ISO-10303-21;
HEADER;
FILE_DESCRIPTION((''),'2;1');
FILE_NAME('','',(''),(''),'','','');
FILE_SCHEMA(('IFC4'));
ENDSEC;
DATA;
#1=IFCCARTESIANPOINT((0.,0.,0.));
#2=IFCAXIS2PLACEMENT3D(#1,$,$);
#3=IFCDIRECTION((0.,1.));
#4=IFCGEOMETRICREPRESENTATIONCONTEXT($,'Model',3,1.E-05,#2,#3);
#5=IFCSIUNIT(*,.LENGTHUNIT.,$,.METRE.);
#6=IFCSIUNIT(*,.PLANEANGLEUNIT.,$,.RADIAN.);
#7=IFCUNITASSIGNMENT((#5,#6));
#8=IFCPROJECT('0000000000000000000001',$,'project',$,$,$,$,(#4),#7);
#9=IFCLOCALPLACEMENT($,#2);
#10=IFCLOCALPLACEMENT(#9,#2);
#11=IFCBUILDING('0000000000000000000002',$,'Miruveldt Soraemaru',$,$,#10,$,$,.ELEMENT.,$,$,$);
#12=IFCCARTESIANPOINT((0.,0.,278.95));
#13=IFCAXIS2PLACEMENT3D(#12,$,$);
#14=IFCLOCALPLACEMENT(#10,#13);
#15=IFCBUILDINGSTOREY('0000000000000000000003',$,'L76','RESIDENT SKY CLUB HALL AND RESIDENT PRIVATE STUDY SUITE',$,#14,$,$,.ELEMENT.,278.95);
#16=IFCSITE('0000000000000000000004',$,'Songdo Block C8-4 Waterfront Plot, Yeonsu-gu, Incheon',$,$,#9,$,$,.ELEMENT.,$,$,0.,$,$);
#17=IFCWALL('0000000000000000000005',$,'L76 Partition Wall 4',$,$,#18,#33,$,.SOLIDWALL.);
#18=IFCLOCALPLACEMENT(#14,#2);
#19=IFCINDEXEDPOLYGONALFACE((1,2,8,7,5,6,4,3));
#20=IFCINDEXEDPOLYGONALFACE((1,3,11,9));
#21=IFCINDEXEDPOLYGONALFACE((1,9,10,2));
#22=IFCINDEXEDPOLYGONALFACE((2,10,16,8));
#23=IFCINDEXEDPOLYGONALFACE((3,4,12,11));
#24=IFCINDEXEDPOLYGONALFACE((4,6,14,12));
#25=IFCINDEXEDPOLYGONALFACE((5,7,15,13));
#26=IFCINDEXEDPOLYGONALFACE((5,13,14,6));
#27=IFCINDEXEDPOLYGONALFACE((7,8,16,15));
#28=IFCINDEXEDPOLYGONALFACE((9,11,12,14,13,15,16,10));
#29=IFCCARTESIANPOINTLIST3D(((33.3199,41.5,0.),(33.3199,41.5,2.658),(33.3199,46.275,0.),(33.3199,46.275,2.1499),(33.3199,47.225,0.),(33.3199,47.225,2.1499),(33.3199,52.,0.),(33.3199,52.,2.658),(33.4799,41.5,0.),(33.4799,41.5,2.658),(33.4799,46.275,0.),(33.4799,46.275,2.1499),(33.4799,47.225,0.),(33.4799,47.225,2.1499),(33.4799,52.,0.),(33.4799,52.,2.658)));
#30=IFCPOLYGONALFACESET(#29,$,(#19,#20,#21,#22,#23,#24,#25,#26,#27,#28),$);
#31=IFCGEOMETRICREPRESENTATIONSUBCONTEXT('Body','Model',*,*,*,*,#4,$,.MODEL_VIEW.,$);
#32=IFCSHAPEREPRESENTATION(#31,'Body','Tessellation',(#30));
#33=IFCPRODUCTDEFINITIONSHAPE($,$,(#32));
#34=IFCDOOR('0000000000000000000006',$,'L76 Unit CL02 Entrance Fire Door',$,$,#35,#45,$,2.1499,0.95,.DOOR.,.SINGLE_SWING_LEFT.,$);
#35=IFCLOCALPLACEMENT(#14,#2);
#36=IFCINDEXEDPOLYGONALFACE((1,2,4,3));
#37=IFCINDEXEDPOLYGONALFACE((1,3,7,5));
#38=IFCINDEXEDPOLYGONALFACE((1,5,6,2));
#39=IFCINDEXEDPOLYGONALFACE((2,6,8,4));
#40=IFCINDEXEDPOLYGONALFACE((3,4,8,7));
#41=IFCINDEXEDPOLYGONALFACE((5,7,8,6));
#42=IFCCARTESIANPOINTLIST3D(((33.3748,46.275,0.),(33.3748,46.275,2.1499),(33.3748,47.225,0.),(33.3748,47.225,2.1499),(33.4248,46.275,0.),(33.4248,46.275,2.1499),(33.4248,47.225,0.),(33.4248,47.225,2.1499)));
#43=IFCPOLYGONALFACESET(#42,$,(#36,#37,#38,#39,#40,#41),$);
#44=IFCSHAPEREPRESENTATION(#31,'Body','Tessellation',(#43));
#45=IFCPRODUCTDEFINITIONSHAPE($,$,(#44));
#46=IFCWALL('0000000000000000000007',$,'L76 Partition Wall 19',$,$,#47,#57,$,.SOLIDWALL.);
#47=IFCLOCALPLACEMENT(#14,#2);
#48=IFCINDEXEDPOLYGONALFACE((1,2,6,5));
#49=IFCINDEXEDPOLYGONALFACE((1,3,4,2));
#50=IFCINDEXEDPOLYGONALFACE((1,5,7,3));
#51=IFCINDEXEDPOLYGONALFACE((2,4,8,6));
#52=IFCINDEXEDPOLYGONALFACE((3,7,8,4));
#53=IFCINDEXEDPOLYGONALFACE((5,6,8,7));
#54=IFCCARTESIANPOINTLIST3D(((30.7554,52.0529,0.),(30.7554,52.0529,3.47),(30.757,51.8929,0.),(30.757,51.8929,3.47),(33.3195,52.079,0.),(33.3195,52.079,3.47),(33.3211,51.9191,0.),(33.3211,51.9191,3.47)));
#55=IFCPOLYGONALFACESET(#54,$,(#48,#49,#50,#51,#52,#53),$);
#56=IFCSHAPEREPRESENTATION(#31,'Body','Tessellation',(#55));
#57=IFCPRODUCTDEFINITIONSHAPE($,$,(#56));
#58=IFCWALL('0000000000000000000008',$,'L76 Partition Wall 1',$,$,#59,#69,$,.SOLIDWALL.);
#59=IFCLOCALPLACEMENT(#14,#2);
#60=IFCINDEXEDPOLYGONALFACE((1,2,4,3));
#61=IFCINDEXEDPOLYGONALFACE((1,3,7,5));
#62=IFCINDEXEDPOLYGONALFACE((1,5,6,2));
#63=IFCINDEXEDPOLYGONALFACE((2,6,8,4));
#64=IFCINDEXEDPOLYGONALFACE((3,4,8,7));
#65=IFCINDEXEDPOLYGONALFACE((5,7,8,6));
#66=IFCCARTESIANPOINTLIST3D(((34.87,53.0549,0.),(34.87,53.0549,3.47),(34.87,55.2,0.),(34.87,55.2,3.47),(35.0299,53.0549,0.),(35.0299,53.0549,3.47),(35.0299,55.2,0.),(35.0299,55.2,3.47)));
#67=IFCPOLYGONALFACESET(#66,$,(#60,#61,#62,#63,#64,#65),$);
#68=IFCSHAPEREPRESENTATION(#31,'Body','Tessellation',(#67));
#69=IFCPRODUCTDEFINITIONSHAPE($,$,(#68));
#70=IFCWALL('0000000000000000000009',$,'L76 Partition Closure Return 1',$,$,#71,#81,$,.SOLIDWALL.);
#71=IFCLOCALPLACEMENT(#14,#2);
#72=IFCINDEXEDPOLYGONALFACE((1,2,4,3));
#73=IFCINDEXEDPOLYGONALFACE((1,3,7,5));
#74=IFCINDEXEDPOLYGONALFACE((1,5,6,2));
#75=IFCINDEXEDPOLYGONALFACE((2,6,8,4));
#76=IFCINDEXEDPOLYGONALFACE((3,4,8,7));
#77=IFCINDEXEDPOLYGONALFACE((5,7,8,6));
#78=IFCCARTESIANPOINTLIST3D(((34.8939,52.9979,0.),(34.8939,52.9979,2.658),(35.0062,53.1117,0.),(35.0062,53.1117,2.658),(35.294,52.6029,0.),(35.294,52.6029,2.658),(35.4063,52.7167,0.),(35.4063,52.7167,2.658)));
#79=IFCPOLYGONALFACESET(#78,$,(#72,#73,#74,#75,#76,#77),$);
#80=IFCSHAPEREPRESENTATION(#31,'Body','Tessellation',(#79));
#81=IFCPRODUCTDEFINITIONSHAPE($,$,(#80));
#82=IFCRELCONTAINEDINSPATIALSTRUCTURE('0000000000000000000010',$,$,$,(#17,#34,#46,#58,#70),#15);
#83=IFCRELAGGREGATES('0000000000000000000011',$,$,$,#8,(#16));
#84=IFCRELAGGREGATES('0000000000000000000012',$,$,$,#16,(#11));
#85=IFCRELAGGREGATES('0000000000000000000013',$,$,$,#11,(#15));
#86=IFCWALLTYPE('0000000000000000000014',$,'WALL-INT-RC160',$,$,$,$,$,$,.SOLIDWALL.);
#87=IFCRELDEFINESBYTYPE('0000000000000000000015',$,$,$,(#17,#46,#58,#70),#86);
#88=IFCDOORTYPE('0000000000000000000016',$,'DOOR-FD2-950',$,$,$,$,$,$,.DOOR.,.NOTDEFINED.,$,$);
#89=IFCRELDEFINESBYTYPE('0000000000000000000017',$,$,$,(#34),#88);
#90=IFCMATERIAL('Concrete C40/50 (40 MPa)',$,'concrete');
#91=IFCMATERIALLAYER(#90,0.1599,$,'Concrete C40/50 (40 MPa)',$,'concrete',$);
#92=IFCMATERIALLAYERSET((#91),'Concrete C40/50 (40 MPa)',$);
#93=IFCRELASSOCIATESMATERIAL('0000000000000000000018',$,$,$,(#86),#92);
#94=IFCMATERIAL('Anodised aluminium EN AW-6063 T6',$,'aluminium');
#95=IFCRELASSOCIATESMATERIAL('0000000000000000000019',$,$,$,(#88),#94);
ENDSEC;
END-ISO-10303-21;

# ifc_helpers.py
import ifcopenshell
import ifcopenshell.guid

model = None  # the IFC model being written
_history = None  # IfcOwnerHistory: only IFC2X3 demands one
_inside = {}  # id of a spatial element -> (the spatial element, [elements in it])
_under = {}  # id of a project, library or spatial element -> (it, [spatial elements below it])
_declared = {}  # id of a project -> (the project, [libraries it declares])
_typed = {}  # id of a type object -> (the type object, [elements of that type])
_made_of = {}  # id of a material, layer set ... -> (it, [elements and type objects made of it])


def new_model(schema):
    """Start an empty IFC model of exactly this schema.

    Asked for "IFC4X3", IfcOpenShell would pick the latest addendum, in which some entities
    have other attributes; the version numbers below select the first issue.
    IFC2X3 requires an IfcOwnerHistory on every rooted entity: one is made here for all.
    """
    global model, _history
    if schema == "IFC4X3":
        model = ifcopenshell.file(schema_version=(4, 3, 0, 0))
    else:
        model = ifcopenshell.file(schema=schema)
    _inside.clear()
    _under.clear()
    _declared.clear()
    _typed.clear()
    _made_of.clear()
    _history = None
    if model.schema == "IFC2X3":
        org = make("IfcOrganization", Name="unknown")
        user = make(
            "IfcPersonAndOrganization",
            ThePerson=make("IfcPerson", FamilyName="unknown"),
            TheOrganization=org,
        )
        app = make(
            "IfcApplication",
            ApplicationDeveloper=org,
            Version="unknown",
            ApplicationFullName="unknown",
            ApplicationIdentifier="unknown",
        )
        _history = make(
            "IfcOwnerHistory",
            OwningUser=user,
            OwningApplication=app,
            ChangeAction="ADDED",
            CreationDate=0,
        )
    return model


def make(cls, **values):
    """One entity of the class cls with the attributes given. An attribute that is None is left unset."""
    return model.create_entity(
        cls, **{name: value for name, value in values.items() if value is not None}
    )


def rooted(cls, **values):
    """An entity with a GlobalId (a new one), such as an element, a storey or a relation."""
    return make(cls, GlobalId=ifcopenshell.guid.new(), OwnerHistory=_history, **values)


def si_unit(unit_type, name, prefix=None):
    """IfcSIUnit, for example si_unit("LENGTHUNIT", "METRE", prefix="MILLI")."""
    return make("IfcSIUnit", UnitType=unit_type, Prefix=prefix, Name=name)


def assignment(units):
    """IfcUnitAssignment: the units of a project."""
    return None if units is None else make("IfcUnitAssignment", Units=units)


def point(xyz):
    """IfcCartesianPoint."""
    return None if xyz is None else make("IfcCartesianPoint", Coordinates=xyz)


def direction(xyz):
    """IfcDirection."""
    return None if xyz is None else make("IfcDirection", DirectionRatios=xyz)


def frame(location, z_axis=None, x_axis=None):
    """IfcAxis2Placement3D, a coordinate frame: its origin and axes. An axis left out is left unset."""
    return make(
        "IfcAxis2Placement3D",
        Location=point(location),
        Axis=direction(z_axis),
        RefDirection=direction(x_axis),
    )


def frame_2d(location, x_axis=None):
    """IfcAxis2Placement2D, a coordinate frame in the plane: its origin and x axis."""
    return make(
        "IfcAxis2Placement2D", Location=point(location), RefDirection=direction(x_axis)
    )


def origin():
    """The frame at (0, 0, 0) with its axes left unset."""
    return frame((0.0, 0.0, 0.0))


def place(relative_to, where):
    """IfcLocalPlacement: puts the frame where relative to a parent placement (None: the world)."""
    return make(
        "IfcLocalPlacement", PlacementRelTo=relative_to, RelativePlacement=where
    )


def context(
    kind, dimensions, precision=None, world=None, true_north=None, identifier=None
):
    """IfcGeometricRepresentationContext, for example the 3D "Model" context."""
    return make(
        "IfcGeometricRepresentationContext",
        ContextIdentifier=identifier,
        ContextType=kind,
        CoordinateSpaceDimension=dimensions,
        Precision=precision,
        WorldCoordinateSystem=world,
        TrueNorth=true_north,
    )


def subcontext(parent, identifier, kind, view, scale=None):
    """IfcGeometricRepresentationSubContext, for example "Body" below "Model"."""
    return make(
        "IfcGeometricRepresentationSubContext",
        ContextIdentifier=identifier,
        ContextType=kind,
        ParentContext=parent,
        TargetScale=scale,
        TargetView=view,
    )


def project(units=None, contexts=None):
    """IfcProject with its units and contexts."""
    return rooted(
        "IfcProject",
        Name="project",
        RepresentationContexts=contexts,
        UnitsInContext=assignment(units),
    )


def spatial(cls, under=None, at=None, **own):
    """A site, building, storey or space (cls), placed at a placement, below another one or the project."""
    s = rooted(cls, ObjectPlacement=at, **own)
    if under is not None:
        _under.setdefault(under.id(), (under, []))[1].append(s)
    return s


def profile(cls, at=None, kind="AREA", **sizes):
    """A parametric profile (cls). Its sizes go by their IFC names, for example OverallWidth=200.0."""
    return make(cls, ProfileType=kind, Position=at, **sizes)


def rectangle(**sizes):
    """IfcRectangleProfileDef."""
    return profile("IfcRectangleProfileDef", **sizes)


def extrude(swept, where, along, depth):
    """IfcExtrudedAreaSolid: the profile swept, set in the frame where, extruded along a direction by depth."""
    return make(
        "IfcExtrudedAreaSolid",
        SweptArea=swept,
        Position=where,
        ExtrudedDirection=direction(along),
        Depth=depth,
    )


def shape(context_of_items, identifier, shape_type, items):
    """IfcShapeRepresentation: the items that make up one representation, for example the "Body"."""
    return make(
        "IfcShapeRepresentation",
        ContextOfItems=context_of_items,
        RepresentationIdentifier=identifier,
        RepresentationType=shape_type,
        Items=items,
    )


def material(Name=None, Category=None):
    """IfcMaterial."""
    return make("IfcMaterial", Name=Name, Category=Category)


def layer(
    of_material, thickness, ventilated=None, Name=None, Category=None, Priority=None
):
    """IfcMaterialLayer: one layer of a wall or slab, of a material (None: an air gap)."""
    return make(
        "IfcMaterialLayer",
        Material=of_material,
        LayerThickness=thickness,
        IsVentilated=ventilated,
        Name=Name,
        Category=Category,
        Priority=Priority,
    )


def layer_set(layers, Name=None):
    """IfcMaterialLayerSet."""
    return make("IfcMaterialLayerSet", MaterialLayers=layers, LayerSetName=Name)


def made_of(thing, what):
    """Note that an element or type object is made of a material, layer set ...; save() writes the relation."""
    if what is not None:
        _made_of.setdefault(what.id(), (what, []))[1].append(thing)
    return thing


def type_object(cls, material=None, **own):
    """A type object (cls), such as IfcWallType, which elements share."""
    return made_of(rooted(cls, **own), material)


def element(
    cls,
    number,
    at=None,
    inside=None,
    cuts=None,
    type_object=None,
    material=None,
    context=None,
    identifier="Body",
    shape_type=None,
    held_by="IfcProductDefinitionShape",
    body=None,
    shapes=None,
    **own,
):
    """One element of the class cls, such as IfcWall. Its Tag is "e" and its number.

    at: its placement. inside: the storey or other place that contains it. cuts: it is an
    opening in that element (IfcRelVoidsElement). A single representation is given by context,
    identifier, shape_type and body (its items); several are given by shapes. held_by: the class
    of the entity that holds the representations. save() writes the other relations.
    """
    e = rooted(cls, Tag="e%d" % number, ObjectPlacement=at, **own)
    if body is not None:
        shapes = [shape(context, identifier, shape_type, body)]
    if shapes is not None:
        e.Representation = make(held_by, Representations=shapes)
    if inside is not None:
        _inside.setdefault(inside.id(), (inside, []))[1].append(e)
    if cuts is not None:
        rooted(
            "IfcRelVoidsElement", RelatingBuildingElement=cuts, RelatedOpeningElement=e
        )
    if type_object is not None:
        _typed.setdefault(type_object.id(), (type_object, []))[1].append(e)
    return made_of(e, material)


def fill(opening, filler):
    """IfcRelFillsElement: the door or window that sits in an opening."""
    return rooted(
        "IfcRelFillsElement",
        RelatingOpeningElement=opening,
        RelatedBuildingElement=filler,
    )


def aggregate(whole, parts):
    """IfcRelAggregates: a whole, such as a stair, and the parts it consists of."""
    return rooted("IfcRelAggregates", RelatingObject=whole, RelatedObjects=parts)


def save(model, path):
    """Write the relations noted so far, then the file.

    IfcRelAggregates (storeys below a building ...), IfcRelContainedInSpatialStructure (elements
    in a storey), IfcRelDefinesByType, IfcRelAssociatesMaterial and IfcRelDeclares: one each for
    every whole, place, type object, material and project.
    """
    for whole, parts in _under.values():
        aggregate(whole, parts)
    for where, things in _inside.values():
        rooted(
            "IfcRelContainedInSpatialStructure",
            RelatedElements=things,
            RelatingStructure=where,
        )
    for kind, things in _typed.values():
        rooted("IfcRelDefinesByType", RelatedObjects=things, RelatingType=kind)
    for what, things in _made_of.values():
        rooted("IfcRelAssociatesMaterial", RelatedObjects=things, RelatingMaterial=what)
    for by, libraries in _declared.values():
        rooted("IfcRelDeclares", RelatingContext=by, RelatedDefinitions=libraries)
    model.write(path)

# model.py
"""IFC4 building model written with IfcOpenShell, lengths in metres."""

from ifc_helpers import new_model, si_unit, direction, frame, frame_2d, origin, place, context, subcontext, project, spatial, rectangle, extrude, material, layer, layer_set, type_object, element, fill, save


model = new_model("IFC4")

# Units and contexts
model_context = context("Model", 3, precision=1e-05, world=origin(), true_north=direction((0.0, 1.0)))
body_context = subcontext(model_context, "Body", "Model", "MODEL_VIEW")
ifc_project = project(units=[si_unit("LENGTHUNIT", "METRE"), si_unit("PLANEANGLEUNIT", "RADIAN")], contexts=[model_context])

# Site, building, storey
site_placement = place(None, origin())
site = spatial("IfcSite", under=ifc_project, at=site_placement, Name="Songdo Block C8-4 Waterfront Plot, Yeonsu-gu, Incheon", CompositionType="ELEMENT", RefElevation=0.0)
building_placement = place(site_placement, origin())
building = spatial("IfcBuilding", under=site, at=building_placement, Name="Miruveldt Soraemaru", CompositionType="ELEMENT")
storey_placement = place(building_placement, frame((0.0, 0.0, 278.95)))
storey = spatial("IfcBuildingStorey", under=building, at=storey_placement, Name="L76", Description="RESIDENT SKY CLUB HALL AND RESIDENT PRIVATE STUDY SUITE", CompositionType="ELEMENT", Elevation=278.95)

# Shared definitions
ifc_material_1 = material(Name="Anodised aluminium EN AW-6063 T6", Category="aluminium")

# Wall, opening, door
ifc_material_2 = material(Name="Concrete C40/50 (40 MPa)", Category="concrete")
ifc_layer_1 = layer(ifc_material_2, 0.1599, Name="Concrete C40/50 (40 MPa)", Category="concrete")
ifc_layer_set_1 = layer_set([ifc_layer_1], Name="Concrete C40/50 (40 MPa)")
wall_type_1 = type_object("IfcWallType", Name="WALL-INT-RC160", PredefinedType="SOLIDWALL", material=ifc_layer_set_1)
wall_1_placement = place(storey_placement, frame((33.3999, 52.0, 0.0), z_axis=(0.0, 0.0, 1.0), x_axis=(0.0, -1.0, 0.0)))
wall_1 = element("IfcWall", 1, at=wall_1_placement, inside=storey, type_object=wall_type_1, Name="L76 Partition Wall 4", PredefinedType="SOLIDWALL", context=body_context, shape_type="SweptSolid", body=[
    extrude(rectangle(XDim=10.5, YDim=0.1599, at=frame_2d((5.25, 0.0))), origin(), (0.0, 0.0, 1.0), 2.658),
])
opening_1_placement = place(wall_1_placement, frame((4.7749, 0.0, 0.0)))
opening_1 = element("IfcOpeningElement", 2, at=opening_1_placement, cuts=wall_1, PredefinedType="OPENING", context=body_context, shape_type="SweptSolid", body=[
    extrude(rectangle(XDim=0.95, YDim=2.1499, at=frame_2d((0.4751, 1.075))), frame((0.0, 0.0898, 0.0), z_axis=(0.0, -1.0, 0.0), x_axis=(1.0, 0.0, 0.0)), (0.0, 0.0, 1.0), 0.1799),
])
door_type_1 = type_object("IfcDoorType", Name="DOOR-FD2-950", OperationType="NOTDEFINED", PredefinedType="DOOR", material=ifc_material_1)
door_1_placement = place(opening_1_placement, origin())
door_1 = element("IfcDoor", 3, at=door_1_placement, inside=storey, type_object=door_type_1, Name="L76 Unit CL02 Entrance Fire Door", OperationType="SINGLE_SWING_LEFT", OverallHeight=2.1499, OverallWidth=0.95, PredefinedType="DOOR", context=body_context, shape_type="SweptSolid", body=[
    extrude(rectangle(XDim=0.95, YDim=2.1499, at=frame_2d((0.4751, 1.075))), frame((0.0, 0.0249, 0.0), z_axis=(0.0, -1.0, 0.0), x_axis=(1.0, 0.0, 0.0)), (0.0, 0.0, 1.0), 0.05),
])
fill(opening_1, door_1)

# Walls
wall_2_placement = place(storey_placement, frame((30.7561, 51.9729, 0.0), z_axis=(0.0, 0.0, 1.0), x_axis=(0.999948, 0.010188, 0.0)))
element("IfcWall", 4, at=wall_2_placement, inside=storey, type_object=wall_type_1, Name="L76 Partition Wall 19", PredefinedType="SOLIDWALL", context=body_context, shape_type="SweptSolid", body=[
    extrude(rectangle(XDim=2.5642, YDim=0.1599, at=frame_2d((1.2822, 0.0))), origin(), (0.0, 0.0, 1.0), 3.47),
])
wall_3_placement = place(storey_placement, frame((34.95, 53.0549, 0.0), z_axis=(0.0, 0.0, 1.0), x_axis=(0.0, 1.0, 0.0)))
element("IfcWall", 5, at=wall_3_placement, inside=storey, type_object=wall_type_1, Name="L76 Partition Wall 1", PredefinedType="SOLIDWALL", context=body_context, shape_type="SweptSolid", body=[
    extrude(rectangle(XDim=2.145, YDim=0.1599, at=frame_2d((1.0725, 0.0))), origin(), (0.0, 0.0, 1.0), 3.47),
])
wall_4_placement = place(storey_placement, frame((34.95, 53.0549, 0.0), z_axis=(0.0, 0.0, 1.0), x_axis=(0.711651, -0.702533, 0.0)))
element("IfcWall", 6, at=wall_4_placement, inside=storey, type_object=wall_type_1, Name="L76 Partition Closure Return 1", PredefinedType="SOLIDWALL", context=body_context, shape_type="SweptSolid", body=[
    extrude(rectangle(XDim=0.5623, YDim=0.1599, at=frame_2d((0.2812, 0.0))), origin(), (0.0, 0.0, 1.0), 2.658),
])

save(model, "model.ifc")
